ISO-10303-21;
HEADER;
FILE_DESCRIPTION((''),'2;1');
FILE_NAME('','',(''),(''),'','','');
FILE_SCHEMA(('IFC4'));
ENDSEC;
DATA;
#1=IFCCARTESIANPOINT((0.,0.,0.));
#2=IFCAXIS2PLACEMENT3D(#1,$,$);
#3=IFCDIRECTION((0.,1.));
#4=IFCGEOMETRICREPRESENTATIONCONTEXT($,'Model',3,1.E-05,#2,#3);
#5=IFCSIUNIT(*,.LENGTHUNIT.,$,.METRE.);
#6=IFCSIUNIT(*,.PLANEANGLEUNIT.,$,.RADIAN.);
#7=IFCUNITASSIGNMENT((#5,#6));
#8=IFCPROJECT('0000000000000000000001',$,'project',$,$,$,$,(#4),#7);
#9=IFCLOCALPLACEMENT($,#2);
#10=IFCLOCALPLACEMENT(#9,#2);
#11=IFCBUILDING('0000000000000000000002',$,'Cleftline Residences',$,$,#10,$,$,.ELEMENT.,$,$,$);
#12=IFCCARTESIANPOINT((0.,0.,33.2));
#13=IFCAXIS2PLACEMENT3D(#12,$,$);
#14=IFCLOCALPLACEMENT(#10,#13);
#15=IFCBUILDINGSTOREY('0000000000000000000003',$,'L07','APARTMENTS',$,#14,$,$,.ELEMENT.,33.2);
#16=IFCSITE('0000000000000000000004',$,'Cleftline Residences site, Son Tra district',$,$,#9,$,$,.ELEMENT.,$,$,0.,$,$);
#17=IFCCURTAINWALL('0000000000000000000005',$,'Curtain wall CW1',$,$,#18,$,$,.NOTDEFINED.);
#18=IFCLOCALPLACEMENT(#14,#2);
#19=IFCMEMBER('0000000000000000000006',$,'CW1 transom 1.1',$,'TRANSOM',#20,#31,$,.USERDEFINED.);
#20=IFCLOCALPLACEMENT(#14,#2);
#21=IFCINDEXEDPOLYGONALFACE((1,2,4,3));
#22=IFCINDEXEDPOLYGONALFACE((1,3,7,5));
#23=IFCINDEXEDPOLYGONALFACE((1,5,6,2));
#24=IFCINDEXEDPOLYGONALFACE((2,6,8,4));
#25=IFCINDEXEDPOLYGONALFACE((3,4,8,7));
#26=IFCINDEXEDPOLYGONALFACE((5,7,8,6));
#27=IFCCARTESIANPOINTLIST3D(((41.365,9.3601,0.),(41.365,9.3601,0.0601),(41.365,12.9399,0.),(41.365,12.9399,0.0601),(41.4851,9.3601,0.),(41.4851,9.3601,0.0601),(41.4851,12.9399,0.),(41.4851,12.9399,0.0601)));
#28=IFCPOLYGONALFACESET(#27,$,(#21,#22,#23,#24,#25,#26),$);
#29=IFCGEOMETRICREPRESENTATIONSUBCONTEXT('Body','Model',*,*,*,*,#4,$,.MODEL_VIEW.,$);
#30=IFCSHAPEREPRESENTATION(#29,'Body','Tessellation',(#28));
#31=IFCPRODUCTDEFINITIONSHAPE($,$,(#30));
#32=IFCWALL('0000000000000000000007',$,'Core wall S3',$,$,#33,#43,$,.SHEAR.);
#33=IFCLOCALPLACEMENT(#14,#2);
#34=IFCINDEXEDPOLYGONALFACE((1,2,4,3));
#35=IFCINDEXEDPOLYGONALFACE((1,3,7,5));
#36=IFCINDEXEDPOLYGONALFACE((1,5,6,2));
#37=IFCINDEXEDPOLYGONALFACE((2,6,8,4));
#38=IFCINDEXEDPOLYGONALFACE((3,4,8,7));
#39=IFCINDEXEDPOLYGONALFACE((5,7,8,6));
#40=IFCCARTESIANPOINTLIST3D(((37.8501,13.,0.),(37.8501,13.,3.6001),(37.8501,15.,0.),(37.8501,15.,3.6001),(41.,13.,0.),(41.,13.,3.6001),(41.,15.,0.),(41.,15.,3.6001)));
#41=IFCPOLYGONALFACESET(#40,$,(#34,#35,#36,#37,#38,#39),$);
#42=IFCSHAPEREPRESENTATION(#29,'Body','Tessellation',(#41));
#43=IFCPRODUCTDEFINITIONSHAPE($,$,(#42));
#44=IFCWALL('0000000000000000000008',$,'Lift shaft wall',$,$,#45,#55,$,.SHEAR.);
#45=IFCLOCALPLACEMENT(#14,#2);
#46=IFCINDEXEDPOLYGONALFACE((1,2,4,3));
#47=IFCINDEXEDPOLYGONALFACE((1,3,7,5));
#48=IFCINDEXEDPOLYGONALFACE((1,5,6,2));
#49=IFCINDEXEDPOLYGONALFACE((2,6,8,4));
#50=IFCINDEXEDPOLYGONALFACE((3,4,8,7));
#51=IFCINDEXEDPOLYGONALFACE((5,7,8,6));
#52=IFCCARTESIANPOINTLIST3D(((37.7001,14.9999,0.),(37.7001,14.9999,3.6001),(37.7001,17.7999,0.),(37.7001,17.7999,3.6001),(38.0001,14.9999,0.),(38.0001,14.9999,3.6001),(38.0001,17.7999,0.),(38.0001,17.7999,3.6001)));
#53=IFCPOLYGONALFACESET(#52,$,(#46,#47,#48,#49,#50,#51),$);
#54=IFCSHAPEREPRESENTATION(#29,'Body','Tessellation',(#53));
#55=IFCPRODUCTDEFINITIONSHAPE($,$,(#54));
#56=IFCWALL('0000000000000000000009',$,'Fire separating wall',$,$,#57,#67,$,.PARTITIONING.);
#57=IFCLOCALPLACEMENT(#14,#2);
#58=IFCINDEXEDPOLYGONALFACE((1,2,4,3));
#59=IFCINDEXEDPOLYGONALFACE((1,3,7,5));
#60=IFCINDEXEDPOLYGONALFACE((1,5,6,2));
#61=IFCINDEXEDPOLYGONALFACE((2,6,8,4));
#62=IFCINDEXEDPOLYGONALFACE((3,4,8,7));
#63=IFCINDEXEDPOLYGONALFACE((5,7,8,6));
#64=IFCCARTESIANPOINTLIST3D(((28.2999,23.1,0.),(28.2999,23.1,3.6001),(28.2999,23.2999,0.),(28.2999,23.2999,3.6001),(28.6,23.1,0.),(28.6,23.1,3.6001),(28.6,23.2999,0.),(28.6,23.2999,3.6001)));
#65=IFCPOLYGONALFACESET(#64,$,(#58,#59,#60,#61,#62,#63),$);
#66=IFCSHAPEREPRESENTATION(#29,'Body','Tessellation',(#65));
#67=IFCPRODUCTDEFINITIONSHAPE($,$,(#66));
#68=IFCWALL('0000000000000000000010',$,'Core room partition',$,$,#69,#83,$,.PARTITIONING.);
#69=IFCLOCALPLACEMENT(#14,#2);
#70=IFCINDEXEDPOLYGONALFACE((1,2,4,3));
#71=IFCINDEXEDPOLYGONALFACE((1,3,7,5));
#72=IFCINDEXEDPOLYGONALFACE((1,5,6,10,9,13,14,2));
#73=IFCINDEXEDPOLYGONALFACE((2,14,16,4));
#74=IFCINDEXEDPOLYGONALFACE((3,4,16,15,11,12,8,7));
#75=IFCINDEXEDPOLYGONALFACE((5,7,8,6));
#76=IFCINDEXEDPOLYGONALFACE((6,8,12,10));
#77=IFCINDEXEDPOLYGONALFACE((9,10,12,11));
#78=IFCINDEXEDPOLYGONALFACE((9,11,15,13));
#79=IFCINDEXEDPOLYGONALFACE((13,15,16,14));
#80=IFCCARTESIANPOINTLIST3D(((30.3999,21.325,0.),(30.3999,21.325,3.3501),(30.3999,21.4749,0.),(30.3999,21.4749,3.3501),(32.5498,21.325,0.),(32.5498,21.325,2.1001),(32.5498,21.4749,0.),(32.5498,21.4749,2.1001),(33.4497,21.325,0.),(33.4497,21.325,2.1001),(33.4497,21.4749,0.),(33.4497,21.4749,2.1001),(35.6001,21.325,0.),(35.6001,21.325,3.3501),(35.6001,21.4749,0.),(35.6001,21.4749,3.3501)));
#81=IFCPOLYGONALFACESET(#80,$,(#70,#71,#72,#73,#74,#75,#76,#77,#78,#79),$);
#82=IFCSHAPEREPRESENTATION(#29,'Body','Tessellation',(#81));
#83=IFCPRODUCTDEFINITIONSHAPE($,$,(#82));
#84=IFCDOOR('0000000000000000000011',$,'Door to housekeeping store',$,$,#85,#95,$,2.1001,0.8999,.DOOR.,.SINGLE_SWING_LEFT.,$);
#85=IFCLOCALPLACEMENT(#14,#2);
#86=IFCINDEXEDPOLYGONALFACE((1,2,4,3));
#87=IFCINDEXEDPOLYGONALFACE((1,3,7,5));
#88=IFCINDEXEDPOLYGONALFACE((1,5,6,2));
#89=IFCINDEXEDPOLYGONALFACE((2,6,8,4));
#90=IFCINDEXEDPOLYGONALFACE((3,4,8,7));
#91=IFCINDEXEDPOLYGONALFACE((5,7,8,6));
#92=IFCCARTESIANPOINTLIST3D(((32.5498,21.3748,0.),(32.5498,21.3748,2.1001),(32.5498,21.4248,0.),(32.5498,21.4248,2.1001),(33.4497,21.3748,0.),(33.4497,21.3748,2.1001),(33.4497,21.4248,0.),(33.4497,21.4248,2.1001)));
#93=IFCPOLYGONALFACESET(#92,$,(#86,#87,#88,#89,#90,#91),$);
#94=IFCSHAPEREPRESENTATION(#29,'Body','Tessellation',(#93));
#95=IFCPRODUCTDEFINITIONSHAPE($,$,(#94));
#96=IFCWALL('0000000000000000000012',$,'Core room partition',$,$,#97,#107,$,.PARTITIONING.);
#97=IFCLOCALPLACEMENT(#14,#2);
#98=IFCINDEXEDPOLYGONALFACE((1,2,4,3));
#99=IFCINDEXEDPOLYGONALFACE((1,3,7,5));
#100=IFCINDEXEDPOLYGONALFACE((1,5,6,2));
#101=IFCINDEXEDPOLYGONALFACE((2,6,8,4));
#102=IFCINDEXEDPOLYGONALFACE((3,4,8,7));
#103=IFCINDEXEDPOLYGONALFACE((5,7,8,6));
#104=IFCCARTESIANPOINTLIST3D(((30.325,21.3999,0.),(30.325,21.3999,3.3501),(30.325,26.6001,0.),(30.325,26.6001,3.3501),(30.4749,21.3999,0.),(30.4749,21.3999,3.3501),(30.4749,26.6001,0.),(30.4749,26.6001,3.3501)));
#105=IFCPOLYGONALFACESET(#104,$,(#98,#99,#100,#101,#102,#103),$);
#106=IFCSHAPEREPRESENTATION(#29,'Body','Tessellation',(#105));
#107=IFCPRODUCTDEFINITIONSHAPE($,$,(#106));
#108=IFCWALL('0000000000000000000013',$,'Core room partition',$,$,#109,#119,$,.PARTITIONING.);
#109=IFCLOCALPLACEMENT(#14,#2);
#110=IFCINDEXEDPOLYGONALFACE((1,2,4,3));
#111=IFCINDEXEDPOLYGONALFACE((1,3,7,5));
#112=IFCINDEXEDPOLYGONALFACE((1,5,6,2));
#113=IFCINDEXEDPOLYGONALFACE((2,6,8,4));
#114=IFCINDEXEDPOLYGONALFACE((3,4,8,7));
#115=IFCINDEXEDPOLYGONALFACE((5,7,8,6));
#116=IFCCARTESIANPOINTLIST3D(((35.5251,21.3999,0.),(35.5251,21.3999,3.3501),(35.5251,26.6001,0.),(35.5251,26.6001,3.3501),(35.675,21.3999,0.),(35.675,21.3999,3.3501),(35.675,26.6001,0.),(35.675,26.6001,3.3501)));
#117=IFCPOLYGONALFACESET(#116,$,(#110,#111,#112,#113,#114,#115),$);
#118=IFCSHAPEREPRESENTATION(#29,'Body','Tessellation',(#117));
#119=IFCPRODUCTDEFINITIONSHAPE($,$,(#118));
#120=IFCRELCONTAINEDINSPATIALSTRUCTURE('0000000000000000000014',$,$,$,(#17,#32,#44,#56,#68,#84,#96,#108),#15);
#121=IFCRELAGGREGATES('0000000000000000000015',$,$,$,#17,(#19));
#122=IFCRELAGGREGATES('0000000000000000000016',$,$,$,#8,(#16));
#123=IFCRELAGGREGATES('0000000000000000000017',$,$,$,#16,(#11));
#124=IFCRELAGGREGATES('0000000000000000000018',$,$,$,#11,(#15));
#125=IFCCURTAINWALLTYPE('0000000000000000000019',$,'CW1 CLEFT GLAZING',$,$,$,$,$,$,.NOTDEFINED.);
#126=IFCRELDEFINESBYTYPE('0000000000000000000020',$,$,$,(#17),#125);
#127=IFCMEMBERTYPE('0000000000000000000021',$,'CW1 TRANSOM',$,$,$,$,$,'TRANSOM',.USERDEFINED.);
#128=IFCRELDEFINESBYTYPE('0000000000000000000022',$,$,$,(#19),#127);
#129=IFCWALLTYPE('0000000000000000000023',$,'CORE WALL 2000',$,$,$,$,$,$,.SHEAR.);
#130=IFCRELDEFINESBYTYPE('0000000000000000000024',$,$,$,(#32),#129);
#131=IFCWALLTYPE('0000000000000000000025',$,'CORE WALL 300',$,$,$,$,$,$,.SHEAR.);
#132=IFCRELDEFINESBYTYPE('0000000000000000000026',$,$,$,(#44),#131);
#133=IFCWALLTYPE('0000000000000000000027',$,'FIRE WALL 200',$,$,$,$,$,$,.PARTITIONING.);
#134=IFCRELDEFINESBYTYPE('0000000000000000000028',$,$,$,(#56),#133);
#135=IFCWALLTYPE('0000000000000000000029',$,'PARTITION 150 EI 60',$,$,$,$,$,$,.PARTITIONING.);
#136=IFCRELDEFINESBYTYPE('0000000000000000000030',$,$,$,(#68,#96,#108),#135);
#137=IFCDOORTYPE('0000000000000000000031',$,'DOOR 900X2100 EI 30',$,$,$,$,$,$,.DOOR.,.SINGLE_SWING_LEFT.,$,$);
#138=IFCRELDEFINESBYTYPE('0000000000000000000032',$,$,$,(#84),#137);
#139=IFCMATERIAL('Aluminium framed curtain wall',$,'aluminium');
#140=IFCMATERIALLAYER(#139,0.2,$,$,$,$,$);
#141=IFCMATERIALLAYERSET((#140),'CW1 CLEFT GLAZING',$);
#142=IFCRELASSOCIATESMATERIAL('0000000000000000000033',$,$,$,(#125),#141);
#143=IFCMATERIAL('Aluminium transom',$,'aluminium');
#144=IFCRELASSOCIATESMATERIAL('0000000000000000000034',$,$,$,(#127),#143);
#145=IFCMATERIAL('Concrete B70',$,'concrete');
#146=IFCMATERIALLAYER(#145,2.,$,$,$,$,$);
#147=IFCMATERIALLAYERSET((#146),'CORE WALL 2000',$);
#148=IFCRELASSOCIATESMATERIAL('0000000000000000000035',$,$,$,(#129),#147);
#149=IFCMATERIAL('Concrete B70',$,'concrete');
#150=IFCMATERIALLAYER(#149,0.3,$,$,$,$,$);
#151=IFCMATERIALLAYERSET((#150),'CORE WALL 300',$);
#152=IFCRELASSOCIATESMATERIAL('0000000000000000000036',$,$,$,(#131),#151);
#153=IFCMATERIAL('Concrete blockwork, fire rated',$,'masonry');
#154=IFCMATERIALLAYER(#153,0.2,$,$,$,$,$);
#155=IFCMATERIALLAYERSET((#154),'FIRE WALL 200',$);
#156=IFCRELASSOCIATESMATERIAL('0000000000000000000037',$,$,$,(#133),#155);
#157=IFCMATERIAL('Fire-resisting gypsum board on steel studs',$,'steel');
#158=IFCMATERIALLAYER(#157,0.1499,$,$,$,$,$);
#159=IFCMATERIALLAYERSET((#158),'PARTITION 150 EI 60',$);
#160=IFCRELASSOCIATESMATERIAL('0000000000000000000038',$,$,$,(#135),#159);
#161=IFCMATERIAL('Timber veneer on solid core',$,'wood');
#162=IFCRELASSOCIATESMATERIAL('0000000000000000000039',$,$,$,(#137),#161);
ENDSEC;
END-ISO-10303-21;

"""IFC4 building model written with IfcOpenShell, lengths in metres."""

from ifc_helpers import new_model, si_unit, direction, frame, frame_2d, origin, origin_2d, place, context, subcontext, project, spatial, rectangle, extrude, material, layer, layer_set, material_profile, profile_set, type_object, element, fill, aggregate, save


model = new_model("IFC4")

# Units and contexts
model_context = context("Model", 3, precision=1e-05, world=origin(), true_north=direction((0.0, 1.0)))
body_context = subcontext(model_context, "Body", "Model", "MODEL_VIEW")
ifc_project = project(units=[si_unit("LENGTHUNIT", "METRE"), si_unit("PLANEANGLEUNIT", "RADIAN")], contexts=[model_context])

# Site, building, storey
site_placement = place(None, origin())
site = spatial("IfcSite", under=ifc_project, at=site_placement, Name="Cleftline Residences site, Son Tra district", CompositionType="ELEMENT", RefElevation=0.0)
building_placement = place(site_placement, origin())
building = spatial("IfcBuilding", under=site, at=building_placement, Name="Cleftline Residences", CompositionType="ELEMENT")
storey_placement = place(building_placement, frame((0.0, 0.0, 33.2)))
storey = spatial("IfcBuildingStorey", under=building, at=storey_placement, Name="L07", Description="APARTMENTS", CompositionType="ELEMENT", Elevation=33.2)

# Curtain wall, member
ifc_material_1 = material(Name="Aluminium framed curtain wall", Category="aluminium")
ifc_layer_1 = layer(ifc_material_1, 0.2)
ifc_layer_set_1 = layer_set([ifc_layer_1], Name="CW1 CLEFT GLAZING")
curtain_wall_type = type_object("IfcCurtainWallType", Name="CW1 CLEFT GLAZING", PredefinedType="NOTDEFINED", material=ifc_layer_set_1)
curtain_wall_placement = place(storey_placement, origin())
curtain_wall = element("IfcCurtainWall", 1, at=curtain_wall_placement, inside=storey, type_object=curtain_wall_type, Name="Curtain wall CW1", PredefinedType="NOTDEFINED")
ifc_material_2 = material(Name="Aluminium transom", Category="aluminium")
ifc_material_profile = material_profile(ifc_material_2, rectangle(XDim=0.1201, YDim=0.0601, at=origin_2d()))
ifc_profile_set = profile_set([ifc_material_profile], Name="Aluminium transom")
member_type = type_object("IfcMemberType", Name="CW1 TRANSOM", ElementType="TRANSOM", PredefinedType="USERDEFINED", material=ifc_profile_set)
member_placement = place(storey_placement, frame((41.425, 12.9399, 0.03), z_axis=(0.0, -1.0, 0.0), x_axis=(1.0, 0.0, 0.0)))
member = element("IfcMember", 2, at=member_placement, type_object=member_type, Name="CW1 transom 1.1", ObjectType="TRANSOM", PredefinedType="USERDEFINED", context=body_context, shape_type="SweptSolid", body=[
    extrude(rectangle(XDim=0.1201, YDim=0.0601, at=origin_2d()), origin(), (0.0, 0.0, 1.0), 3.5798),
])
aggregate(curtain_wall, [member])

# Walls
ifc_material_3 = material(Name="Concrete B70", Category="concrete")
ifc_layer_2 = layer(ifc_material_3, 2.0)
ifc_layer_set_2 = layer_set([ifc_layer_2], Name="CORE WALL 2000")
wall_type_1 = type_object("IfcWallType", Name="CORE WALL 2000", PredefinedType="SHEAR", material=ifc_layer_set_2)
wall_1_placement = place(storey_placement, frame((37.8501, 14.0, 0.0), z_axis=(0.0, 0.0, 1.0), x_axis=(1.0, 0.0, 0.0)))
element("IfcWall", 3, at=wall_1_placement, inside=storey, type_object=wall_type_1, Name="Core wall S3", PredefinedType="SHEAR", context=body_context, shape_type="SweptSolid", body=[
    extrude(rectangle(XDim=3.1499, YDim=2.0, at=frame_2d((1.575, 0.0))), origin(), (0.0, 0.0, 1.0), 3.6001),
])
ifc_material_4 = material(Name="Concrete B70", Category="concrete")
ifc_layer_3 = layer(ifc_material_4, 0.3)
ifc_layer_set_3 = layer_set([ifc_layer_3], Name="CORE WALL 300")
wall_type_2 = type_object("IfcWallType", Name="CORE WALL 300", PredefinedType="SHEAR", material=ifc_layer_set_3)
wall_2_placement = place(storey_placement, frame((37.8501, 15.0, 0.0), z_axis=(0.0, 0.0, 1.0), x_axis=(0.0, 1.0, 0.0)))
element("IfcWall", 4, at=wall_2_placement, inside=storey, type_object=wall_type_2, Name="Lift shaft wall", PredefinedType="SHEAR", context=body_context, shape_type="SweptSolid", body=[
    extrude(rectangle(XDim=2.8, YDim=0.3, at=frame_2d((1.3999, 0.0))), origin(), (0.0, 0.0, 1.0), 3.6001),
])
ifc_material_5 = material(Name="Concrete blockwork, fire rated", Category="masonry")
ifc_layer_4 = layer(ifc_material_5, 0.2)
ifc_layer_set_4 = layer_set([ifc_layer_4], Name="FIRE WALL 200")
wall_type_3 = type_object("IfcWallType", Name="FIRE WALL 200", PredefinedType="PARTITIONING", material=ifc_layer_set_4)
wall_3_placement = place(storey_placement, frame((28.3, 23.2, 0.0), z_axis=(0.0, 0.0, 1.0), x_axis=(1.0, 0.0, 0.0)))
element("IfcWall", 5, at=wall_3_placement, inside=storey, type_object=wall_type_3, Name="Fire separating wall", PredefinedType="PARTITIONING", context=body_context, shape_type="SweptSolid", body=[
    extrude(rectangle(XDim=0.3, YDim=0.2, at=frame_2d((0.1499, 0.0))), origin(), (0.0, 0.0, 1.0), 3.6001),
])

# Wall, opening, door
ifc_material_6 = material(Name="Fire-resisting gypsum board on steel studs", Category="steel")
ifc_layer_5 = layer(ifc_material_6, 0.1499)
ifc_layer_set_5 = layer_set([ifc_layer_5], Name="PARTITION 150 EI 60")
wall_type_4 = type_object("IfcWallType", Name="PARTITION 150 EI 60", PredefinedType="PARTITIONING", material=ifc_layer_set_5)
wall_4_placement = place(storey_placement, frame((30.3999, 21.3999, 0.0), z_axis=(0.0, 0.0, 1.0), x_axis=(1.0, 0.0, 0.0)))
wall_4 = element("IfcWall", 6, at=wall_4_placement, inside=storey, type_object=wall_type_4, Name="Core room partition", PredefinedType="PARTITIONING", context=body_context, shape_type="SweptSolid", body=[
    extrude(rectangle(XDim=5.2002, YDim=0.1499, at=frame_2d((2.6001, 0.0))), origin(), (0.0, 0.0, 1.0), 3.3501),
])
opening_1_placement = place(wall_4_placement, frame((2.1499, 0.0, 0.0)))
opening_1 = element("IfcOpeningElement", 7, at=opening_1_placement, cuts=wall_4, PredefinedType="OPENING", context=body_context, shape_type="SweptSolid", body=[
    extrude(rectangle(XDim=0.8999, YDim=2.1001, at=frame_2d((0.45, 1.05))), frame((0.0, 0.085, 0.0), z_axis=(0.0, -1.0, 0.0), x_axis=(1.0, 0.0, 0.0)), (0.0, 0.0, 1.0), 0.1699),
])
ifc_material_7 = material(Name="Timber veneer on solid core", Category="wood")
door_type_1 = type_object("IfcDoorType", Name="DOOR 900X2100 EI 30", OperationType="SINGLE_SWING_LEFT", PredefinedType="DOOR", material=ifc_material_7)
door_1_placement = place(opening_1_placement, origin())
door_1 = element("IfcDoor", 8, at=door_1_placement, inside=storey, type_object=door_type_1, Name="Door to housekeeping store", OperationType="SINGLE_SWING_LEFT", OverallHeight=2.1001, OverallWidth=0.8999, PredefinedType="DOOR", context=body_context, shape_type="SweptSolid", body=[
    extrude(rectangle(XDim=0.8999, YDim=2.1001, at=frame_2d((0.45, 1.05))), frame((0.0, 0.0249, 0.0), z_axis=(0.0, -1.0, 0.0), x_axis=(1.0, 0.0, 0.0)), (0.0, 0.0, 1.0), 0.05),
])
fill(opening_1, door_1)

# Walls
for number, where, z_axis, x_axis, name in (
    (9, (30.3999, 21.3999, 0.0), (0.0, 0.0, 1.0), (0.0, 1.0, 0.0), "Core room partition"),
    (10, (35.6001, 21.3999, 0.0), (0.0, 0.0, 1.0), (0.0, 1.0, 0.0), "Core room partition"),
):
    element("IfcWall", number, at=place(storey_placement, frame(where, z_axis=z_axis, x_axis=x_axis)), inside=storey, type_object=wall_type_4, Name=name, PredefinedType="PARTITIONING", context=body_context, shape_type="SweptSolid", body=[
        extrude(rectangle(XDim=5.2002, YDim=0.1499, at=frame_2d((2.6001, 0.0))), origin(), (0.0, 0.0, 1.0), 3.3501),
    ])

save(model, "model.ifc")
